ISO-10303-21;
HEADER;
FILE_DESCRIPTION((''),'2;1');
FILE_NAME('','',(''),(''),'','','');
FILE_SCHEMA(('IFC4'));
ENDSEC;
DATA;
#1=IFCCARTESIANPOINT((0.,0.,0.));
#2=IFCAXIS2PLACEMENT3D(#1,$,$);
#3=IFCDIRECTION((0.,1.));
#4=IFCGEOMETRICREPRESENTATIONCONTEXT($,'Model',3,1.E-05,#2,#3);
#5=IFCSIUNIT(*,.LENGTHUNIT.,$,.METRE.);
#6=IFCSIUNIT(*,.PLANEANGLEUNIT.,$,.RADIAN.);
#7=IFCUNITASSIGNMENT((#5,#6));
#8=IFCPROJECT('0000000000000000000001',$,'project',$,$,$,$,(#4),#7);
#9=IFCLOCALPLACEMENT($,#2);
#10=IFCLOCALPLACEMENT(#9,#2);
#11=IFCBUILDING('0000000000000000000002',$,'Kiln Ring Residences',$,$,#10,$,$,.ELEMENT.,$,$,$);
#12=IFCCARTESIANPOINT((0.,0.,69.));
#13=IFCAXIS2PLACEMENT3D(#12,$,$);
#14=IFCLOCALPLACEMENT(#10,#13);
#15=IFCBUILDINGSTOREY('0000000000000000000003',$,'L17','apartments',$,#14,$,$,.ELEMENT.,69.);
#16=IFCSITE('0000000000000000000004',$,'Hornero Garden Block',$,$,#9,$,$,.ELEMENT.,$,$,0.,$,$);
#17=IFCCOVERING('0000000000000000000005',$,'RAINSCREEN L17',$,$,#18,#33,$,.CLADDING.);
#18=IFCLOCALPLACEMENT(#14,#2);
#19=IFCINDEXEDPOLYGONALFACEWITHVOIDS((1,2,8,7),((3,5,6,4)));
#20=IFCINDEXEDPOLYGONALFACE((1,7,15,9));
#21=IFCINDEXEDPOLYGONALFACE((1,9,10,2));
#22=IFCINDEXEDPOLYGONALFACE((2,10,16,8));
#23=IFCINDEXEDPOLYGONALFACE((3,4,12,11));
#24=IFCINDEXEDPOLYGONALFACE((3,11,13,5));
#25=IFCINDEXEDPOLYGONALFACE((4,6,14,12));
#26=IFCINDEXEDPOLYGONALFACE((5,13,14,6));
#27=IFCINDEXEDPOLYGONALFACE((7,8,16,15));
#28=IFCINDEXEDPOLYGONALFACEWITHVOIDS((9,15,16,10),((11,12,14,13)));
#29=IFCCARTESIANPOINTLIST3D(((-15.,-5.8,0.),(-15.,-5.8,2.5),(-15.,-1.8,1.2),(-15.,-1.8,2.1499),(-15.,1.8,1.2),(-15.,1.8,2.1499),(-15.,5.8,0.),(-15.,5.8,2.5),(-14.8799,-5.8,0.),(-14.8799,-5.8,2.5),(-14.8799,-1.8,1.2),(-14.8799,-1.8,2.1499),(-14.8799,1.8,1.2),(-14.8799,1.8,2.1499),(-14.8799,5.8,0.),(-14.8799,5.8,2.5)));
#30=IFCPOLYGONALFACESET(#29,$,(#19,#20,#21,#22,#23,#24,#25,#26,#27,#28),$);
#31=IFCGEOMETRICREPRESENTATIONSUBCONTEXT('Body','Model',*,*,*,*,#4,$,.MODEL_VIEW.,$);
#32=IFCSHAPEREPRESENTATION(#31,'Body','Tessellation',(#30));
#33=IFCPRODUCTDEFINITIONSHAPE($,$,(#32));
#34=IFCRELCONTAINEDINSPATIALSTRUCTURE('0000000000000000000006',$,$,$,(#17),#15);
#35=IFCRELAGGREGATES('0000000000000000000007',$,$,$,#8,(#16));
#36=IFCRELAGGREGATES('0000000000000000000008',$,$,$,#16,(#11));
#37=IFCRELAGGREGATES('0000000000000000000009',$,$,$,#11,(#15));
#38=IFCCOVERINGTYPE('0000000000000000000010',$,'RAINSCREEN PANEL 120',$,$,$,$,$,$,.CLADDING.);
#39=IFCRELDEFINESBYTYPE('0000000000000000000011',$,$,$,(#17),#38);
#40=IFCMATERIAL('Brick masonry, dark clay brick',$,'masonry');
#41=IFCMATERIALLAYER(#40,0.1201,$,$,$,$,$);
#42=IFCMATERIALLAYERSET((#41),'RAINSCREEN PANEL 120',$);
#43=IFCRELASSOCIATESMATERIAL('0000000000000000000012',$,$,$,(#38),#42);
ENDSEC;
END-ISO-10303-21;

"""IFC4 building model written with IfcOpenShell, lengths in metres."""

from ifc_helpers import new_model, si_unit, direction, frame, origin, place, context, subcontext, project, spatial, polyline, outline, extrude, material, layer, layer_set, type_object, element, save


model = new_model("IFC4")

# Units and contexts
model_context = context("Model", 3, precision=1e-05, world=origin(), true_north=direction((0.0, 1.0)))
body_context = subcontext(model_context, "Body", "Model", "MODEL_VIEW")
ifc_project = project(units=[si_unit("LENGTHUNIT", "METRE"), si_unit("PLANEANGLEUNIT", "RADIAN")], contexts=[model_context])

# Site, building, storey
site_placement = place(None, origin())
site = spatial("IfcSite", under=ifc_project, at=site_placement, Name="Hornero Garden Block", CompositionType="ELEMENT", RefElevation=0.0)
building_placement = place(site_placement, origin())
building = spatial("IfcBuilding", under=site, at=building_placement, Name="Kiln Ring Residences", CompositionType="ELEMENT")
storey_placement = place(building_placement, frame((0.0, 0.0, 69.0)))
storey = spatial("IfcBuildingStorey", under=building, at=storey_placement, Name="L17", Description="apartments", CompositionType="ELEMENT", Elevation=69.0)

# Covering
ifc_material_1 = material(Name="Brick masonry, dark clay brick", Category="masonry")
ifc_layer_1 = layer(ifc_material_1, 0.1201)
ifc_layer_set_1 = layer_set([ifc_layer_1], Name="RAINSCREEN PANEL 120")
covering_type = type_object("IfcCoveringType", Name="RAINSCREEN PANEL 120", PredefinedType="CLADDING", material=ifc_layer_set_1)
covering_placement = place(storey_placement, frame((-14.9399, -5.8, 0.0), z_axis=(0.0, 0.0, 1.0), x_axis=(0.0, 1.0, 0.0)))
element("IfcCovering", 1, at=covering_placement, inside=storey, type_object=covering_type, Name="RAINSCREEN L17", PredefinedType="CLADDING", context=body_context, shape_type="SweptSolid", body=[
    extrude(outline(polyline([(0.0, 0.0), (11.6001, 0.0), (11.6001, 2.5), (0.0, 2.5), (0.0, 0.0)]), holes=[polyline([(4.0, 2.1499), (4.0, 1.2), (7.6001, 1.2), (7.6001, 2.1499), (4.0, 2.1499)])]), frame((0.0, 0.0601, 0.0), z_axis=(0.0, -1.0, 0.0), x_axis=(1.0, 0.0, 0.0)), (0.0, 0.0, 1.0), 0.1201),
])

save(model, "model.ifc")
